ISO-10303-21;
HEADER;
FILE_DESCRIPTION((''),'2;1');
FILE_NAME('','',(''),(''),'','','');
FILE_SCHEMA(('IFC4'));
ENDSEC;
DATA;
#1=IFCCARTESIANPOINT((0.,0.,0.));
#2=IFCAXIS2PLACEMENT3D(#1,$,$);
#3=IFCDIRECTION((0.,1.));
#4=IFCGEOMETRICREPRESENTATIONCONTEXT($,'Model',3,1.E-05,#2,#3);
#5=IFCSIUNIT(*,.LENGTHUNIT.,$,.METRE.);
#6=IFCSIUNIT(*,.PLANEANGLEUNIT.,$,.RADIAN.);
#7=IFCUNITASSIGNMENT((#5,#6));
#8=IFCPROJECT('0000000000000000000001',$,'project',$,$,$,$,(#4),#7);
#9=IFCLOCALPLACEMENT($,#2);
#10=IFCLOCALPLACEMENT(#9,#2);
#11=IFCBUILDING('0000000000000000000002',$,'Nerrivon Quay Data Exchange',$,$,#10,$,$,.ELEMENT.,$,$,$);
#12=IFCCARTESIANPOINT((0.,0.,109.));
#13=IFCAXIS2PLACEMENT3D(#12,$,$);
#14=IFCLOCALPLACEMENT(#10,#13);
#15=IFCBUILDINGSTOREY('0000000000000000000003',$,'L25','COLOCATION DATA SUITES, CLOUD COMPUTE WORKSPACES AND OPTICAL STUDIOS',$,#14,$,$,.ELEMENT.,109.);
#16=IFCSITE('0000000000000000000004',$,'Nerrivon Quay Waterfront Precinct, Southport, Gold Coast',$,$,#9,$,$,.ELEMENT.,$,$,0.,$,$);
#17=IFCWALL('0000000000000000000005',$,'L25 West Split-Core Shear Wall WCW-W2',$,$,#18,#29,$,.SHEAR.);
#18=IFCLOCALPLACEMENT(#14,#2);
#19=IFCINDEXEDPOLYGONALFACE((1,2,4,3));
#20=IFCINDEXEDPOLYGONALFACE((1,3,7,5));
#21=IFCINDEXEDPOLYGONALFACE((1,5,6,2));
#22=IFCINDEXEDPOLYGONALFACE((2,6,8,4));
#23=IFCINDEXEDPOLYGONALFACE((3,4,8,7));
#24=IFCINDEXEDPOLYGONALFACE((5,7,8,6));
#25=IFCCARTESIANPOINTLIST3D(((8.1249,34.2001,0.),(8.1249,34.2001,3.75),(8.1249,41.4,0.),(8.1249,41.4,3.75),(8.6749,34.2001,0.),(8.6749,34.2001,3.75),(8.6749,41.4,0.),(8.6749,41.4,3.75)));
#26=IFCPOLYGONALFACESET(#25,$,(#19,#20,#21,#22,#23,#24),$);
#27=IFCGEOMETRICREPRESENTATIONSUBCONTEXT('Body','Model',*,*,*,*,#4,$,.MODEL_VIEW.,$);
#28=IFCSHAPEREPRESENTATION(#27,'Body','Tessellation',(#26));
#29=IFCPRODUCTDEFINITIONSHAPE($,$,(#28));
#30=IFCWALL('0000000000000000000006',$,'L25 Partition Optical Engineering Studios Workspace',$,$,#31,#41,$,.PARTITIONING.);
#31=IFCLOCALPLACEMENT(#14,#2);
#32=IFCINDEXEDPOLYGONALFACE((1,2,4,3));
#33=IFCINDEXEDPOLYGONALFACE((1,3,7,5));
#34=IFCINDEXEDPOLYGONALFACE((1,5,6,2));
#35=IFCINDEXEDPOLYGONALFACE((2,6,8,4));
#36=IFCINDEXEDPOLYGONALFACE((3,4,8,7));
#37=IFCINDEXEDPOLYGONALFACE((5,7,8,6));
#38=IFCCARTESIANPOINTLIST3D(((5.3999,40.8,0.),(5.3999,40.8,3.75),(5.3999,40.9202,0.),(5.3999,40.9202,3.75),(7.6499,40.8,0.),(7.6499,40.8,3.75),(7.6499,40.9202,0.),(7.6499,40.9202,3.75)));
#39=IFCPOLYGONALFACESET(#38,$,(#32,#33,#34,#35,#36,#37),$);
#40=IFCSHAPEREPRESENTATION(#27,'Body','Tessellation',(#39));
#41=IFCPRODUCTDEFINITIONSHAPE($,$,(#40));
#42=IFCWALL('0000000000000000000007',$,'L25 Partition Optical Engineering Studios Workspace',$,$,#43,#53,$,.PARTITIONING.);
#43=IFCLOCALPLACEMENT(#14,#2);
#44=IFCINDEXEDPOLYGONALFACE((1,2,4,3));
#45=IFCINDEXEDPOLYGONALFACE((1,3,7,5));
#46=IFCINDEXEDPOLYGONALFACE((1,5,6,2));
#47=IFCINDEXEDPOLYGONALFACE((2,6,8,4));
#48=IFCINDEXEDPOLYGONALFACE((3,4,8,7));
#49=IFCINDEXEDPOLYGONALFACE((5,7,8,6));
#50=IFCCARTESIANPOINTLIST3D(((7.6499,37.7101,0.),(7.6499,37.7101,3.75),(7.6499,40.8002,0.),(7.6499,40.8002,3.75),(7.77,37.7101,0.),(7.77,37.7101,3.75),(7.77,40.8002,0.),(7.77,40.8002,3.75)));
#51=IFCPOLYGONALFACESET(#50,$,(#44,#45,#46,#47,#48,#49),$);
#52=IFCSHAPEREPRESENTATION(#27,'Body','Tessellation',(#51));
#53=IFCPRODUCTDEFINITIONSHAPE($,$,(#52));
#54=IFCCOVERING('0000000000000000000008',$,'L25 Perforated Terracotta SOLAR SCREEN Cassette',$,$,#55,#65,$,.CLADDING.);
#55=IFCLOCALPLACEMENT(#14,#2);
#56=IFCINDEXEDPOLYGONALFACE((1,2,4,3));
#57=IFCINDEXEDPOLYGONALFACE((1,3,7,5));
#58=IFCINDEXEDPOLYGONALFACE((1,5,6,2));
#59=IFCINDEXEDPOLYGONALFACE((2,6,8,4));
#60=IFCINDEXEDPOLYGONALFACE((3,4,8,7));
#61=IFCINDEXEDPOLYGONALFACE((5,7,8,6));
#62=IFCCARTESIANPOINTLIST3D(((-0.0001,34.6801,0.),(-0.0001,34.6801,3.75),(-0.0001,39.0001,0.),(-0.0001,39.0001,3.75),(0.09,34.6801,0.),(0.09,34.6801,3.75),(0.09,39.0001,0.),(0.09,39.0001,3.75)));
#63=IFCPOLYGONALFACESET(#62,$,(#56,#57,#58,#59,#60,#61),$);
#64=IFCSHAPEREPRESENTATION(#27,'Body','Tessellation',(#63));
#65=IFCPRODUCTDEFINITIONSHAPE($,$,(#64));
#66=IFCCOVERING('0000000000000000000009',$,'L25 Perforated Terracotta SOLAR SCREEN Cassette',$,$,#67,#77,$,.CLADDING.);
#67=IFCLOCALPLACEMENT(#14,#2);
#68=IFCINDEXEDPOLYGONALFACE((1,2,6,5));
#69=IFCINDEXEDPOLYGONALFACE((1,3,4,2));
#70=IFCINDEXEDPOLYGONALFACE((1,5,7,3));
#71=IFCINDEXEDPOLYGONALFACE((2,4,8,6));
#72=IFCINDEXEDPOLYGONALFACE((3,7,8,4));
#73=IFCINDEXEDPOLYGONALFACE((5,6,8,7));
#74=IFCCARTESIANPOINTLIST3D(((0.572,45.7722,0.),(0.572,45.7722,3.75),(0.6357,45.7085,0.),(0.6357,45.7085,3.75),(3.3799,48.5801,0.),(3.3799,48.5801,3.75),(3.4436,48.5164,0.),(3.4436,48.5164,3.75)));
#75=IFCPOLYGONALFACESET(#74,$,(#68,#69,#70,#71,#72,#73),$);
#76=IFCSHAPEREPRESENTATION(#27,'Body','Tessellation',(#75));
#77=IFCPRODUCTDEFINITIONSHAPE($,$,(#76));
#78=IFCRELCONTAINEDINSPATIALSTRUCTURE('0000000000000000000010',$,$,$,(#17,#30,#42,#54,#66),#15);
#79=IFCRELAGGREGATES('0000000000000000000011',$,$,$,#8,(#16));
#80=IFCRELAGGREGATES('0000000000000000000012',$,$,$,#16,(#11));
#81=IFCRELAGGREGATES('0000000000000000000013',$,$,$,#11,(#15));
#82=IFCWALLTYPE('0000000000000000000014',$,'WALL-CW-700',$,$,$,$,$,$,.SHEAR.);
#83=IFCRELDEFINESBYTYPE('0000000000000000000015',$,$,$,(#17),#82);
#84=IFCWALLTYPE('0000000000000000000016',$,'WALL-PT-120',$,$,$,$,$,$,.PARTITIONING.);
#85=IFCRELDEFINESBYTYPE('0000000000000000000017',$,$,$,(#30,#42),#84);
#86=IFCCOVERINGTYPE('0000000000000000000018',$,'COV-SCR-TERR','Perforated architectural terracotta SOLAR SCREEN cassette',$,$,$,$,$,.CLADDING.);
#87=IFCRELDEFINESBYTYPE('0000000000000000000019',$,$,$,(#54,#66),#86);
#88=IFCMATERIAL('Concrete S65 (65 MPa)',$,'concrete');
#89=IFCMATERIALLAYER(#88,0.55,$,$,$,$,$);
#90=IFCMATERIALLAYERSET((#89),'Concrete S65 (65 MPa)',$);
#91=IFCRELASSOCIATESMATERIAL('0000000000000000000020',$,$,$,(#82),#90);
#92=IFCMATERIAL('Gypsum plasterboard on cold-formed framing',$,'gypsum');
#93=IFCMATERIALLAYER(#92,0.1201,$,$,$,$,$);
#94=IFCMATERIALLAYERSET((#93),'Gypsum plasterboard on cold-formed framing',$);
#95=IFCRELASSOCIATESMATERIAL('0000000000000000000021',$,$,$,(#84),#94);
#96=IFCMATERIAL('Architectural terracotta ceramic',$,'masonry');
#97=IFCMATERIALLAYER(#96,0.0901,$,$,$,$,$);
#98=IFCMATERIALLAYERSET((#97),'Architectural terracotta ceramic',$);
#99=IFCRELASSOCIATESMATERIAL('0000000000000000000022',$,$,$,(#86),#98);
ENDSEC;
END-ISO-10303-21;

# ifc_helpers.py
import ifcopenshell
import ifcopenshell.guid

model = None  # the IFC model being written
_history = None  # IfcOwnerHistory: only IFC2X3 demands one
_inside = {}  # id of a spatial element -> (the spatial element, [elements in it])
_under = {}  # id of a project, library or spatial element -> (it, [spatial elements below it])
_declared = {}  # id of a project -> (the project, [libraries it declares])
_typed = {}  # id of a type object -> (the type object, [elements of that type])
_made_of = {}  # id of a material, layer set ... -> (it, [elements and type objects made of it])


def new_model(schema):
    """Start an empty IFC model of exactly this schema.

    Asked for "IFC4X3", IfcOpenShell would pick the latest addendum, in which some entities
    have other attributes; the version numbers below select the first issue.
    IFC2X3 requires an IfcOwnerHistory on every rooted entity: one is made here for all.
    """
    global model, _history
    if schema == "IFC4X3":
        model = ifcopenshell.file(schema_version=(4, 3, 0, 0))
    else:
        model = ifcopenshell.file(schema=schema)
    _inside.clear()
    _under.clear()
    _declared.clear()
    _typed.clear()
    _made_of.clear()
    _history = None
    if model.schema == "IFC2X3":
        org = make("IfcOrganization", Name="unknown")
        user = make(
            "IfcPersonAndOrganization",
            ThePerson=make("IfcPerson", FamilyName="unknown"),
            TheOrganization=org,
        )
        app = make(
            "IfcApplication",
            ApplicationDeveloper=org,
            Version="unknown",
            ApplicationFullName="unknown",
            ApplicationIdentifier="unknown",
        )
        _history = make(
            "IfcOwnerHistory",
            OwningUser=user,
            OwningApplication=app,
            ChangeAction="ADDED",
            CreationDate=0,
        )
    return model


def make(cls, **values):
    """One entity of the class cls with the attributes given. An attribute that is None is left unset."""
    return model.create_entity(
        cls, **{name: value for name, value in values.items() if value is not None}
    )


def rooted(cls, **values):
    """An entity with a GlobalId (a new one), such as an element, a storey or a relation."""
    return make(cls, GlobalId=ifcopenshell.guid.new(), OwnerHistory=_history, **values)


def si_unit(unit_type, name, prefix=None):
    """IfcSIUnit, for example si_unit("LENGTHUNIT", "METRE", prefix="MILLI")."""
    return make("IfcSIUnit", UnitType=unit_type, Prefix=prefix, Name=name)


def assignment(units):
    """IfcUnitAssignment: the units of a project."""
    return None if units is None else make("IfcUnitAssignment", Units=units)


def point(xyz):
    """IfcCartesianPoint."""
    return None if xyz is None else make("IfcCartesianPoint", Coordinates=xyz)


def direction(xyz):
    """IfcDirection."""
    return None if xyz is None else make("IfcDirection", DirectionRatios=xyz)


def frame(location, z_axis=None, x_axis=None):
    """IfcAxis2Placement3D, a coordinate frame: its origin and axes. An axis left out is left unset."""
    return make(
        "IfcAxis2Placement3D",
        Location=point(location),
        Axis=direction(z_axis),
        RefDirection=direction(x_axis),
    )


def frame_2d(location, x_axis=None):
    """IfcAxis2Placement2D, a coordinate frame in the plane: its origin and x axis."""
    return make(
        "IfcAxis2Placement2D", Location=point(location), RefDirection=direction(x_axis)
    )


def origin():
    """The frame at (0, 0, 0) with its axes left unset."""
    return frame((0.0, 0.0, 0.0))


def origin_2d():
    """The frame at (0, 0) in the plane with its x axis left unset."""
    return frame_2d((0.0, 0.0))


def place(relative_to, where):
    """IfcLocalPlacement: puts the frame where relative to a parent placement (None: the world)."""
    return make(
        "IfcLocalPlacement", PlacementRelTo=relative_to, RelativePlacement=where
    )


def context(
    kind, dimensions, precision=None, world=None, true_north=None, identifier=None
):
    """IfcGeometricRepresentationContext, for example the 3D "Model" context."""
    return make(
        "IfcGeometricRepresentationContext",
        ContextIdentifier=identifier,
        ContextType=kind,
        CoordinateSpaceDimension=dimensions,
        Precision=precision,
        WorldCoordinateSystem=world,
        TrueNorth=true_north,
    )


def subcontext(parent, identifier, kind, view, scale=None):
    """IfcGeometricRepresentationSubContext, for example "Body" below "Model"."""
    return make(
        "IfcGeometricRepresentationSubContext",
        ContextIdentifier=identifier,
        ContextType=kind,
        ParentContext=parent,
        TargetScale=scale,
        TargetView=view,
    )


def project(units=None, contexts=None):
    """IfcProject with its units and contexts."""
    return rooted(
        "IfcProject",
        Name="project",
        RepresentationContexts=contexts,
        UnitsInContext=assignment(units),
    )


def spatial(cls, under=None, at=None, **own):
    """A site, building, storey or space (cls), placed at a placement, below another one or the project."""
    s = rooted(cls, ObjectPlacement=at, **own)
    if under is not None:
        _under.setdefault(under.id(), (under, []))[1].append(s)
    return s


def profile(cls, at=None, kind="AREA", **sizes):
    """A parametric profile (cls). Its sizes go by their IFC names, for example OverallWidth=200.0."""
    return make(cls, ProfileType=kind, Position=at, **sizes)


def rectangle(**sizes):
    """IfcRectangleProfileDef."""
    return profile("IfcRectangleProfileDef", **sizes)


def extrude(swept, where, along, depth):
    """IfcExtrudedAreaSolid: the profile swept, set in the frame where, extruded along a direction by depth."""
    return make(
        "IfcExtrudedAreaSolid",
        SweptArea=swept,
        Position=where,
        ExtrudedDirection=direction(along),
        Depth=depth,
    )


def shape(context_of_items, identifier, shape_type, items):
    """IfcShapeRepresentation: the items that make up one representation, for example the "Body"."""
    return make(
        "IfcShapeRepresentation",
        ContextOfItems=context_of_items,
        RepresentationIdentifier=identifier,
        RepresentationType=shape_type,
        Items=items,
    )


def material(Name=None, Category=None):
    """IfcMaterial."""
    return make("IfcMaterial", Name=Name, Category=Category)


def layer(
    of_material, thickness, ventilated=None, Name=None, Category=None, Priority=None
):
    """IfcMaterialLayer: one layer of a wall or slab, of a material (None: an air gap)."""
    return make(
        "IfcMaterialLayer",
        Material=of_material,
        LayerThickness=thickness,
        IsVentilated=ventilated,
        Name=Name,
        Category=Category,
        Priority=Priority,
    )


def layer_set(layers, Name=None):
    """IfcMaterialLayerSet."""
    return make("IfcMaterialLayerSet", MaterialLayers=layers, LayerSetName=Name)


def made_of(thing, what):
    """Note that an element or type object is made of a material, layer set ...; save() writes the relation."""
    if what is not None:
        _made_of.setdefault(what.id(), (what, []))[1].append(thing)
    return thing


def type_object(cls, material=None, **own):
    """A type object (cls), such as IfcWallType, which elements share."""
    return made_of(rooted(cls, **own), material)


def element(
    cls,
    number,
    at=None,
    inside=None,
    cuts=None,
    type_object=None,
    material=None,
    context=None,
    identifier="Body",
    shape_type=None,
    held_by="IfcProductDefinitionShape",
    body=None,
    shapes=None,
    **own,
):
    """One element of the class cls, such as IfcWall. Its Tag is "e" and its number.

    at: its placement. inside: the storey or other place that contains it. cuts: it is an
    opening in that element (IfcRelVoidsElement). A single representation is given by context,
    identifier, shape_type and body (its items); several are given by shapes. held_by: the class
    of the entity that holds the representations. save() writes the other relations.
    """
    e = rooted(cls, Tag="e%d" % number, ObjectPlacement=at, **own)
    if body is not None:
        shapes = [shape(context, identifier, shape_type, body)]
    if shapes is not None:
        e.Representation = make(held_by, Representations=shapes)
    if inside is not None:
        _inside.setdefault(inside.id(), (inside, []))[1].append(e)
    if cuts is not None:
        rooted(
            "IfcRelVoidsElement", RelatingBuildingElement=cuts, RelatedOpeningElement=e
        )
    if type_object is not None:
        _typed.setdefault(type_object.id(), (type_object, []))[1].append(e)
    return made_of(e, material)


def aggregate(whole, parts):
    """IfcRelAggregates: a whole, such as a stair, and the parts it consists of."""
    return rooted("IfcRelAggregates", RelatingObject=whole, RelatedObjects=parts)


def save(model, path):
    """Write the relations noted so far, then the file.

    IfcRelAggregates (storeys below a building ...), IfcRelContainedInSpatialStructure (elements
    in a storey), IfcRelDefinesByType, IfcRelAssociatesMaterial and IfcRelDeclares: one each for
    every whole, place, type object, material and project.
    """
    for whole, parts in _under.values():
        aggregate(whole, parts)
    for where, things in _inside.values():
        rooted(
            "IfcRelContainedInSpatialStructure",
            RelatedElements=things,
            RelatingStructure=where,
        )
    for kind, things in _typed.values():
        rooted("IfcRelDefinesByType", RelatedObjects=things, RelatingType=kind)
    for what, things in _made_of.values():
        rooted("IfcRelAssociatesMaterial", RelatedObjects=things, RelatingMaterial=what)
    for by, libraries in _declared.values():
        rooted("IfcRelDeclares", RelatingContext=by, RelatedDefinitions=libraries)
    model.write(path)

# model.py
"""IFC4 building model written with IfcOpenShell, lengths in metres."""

from ifc_helpers import new_model, si_unit, direction, frame, frame_2d, origin, origin_2d, place, context, subcontext, project, spatial, rectangle, extrude, material, layer, layer_set, type_object, element, save


model = new_model("IFC4")

# Units and contexts
model_context = context("Model", 3, precision=1e-05, world=origin(), true_north=direction((0.0, 1.0)))
body_context = subcontext(model_context, "Body", "Model", "MODEL_VIEW")
ifc_project = project(units=[si_unit("LENGTHUNIT", "METRE"), si_unit("PLANEANGLEUNIT", "RADIAN")], contexts=[model_context])

# Site, building, storey
site_placement = place(None, origin())
site = spatial("IfcSite", under=ifc_project, at=site_placement, Name="Nerrivon Quay Waterfront Precinct, Southport, Gold Coast", CompositionType="ELEMENT", RefElevation=0.0)
building_placement = place(site_placement, origin())
building = spatial("IfcBuilding", under=site, at=building_placement, Name="Nerrivon Quay Data Exchange", CompositionType="ELEMENT")
storey_placement = place(building_placement, frame((0.0, 0.0, 109.0)))
storey = spatial("IfcBuildingStorey", under=building, at=storey_placement, Name="L25", Description="COLOCATION DATA SUITES, CLOUD COMPUTE WORKSPACES AND OPTICAL STUDIOS", CompositionType="ELEMENT", Elevation=109.0)

# Shared definitions
ifc_material_1 = material(Name="Concrete S65 (65 MPa)", Category="concrete")

# Walls
ifc_layer_1 = layer(ifc_material_1, 0.55)
ifc_layer_set_1 = layer_set([ifc_layer_1], Name="Concrete S65 (65 MPa)")
wall_type_1 = type_object("IfcWallType", Name="WALL-CW-700", PredefinedType="SHEAR", material=ifc_layer_set_1)
wall_1_placement = place(storey_placement, frame((8.3999, 34.2, 0.0), z_axis=(0.0, 0.0, 1.0), x_axis=(0.0, 1.0, 0.0)))
element("IfcWall", 1, at=wall_1_placement, inside=storey, type_object=wall_type_1, Name="L25 West Split-Core Shear Wall WCW-W2", PredefinedType="SHEAR", context=body_context, shape_type="SweptSolid", body=[
    extrude(rectangle(XDim=7.2, YDim=0.55, at=frame_2d((3.6001, 0.0))), origin(), (0.0, 0.0, 1.0), 3.75),
])
ifc_material_2 = material(Name="Gypsum plasterboard on cold-formed framing", Category="gypsum")
ifc_layer_2 = layer(ifc_material_2, 0.1201)
ifc_layer_set_2 = layer_set([ifc_layer_2], Name="Gypsum plasterboard on cold-formed framing")
wall_type_2 = type_object("IfcWallType", Name="WALL-PT-120", PredefinedType="PARTITIONING", material=ifc_layer_set_2)
wall_2_placement = place(storey_placement, frame((5.3999, 40.8601, 0.0), z_axis=(0.0, 0.0, 1.0), x_axis=(1.0, 0.0, 0.0)))
element("IfcWall", 2, at=wall_2_placement, inside=storey, type_object=wall_type_2, Name="L25 Partition Optical Engineering Studios Workspace", PredefinedType="PARTITIONING", context=body_context, shape_type="SweptSolid", body=[
    extrude(rectangle(XDim=2.25, YDim=0.1201, at=frame_2d((1.125, 0.0))), origin(), (0.0, 0.0, 1.0), 3.75),
])
wall_3_placement = place(storey_placement, frame((7.71, 40.8, 0.0), z_axis=(0.0, 0.0, 1.0), x_axis=(0.0, -1.0, 0.0)))
element("IfcWall", 3, at=wall_3_placement, inside=storey, type_object=wall_type_2, Name="L25 Partition Optical Engineering Studios Workspace", PredefinedType="PARTITIONING", context=body_context, shape_type="SweptSolid", body=[
    extrude(rectangle(XDim=3.0901, YDim=0.1201, at=frame_2d((1.5449, 0.0))), origin(), (0.0, 0.0, 1.0), 3.75),
])

# Coverings
ifc_material_3 = material(Name="Architectural terracotta ceramic", Category="masonry")
ifc_layer_3 = layer(ifc_material_3, 0.0901)
ifc_layer_set_3 = layer_set([ifc_layer_3], Name="Architectural terracotta ceramic")
covering_type = type_object("IfcCoveringType", Name="COV-SCR-TERR", Description="Perforated architectural terracotta SOLAR SCREEN cassette", PredefinedType="CLADDING", material=ifc_layer_set_3)
covering_1_placement = place(storey_placement, frame((0.0449, 36.8401, 0.0), z_axis=(0.0, 0.0, 1.0), x_axis=(0.0, 1.0, 0.0)))
element("IfcCovering", 4, at=covering_1_placement, inside=storey, type_object=covering_type, Name="L25 Perforated Terracotta SOLAR SCREEN Cassette", PredefinedType="CLADDING", context=body_context, shape_type="SweptSolid", body=[
    extrude(rectangle(XDim=4.3201, YDim=0.0901, at=origin_2d()), origin(), (0.0, 0.0, 1.0), 3.75),
])
covering_2_placement = place(storey_placement, frame((2.0078, 47.1443, 0.0), z_axis=(0.0, 0.0, 1.0), x_axis=(0.707107, 0.707107, 0.0)))
element("IfcCovering", 5, at=covering_2_placement, inside=storey, type_object=covering_type, Name="L25 Perforated Terracotta SOLAR SCREEN Cassette", PredefinedType="CLADDING", context=body_context, shape_type="SweptSolid", body=[
    extrude(rectangle(XDim=3.9709, YDim=0.0901, at=origin_2d()), origin(), (0.0, 0.0, 1.0), 3.75),
])

save(model, "model.ifc")
